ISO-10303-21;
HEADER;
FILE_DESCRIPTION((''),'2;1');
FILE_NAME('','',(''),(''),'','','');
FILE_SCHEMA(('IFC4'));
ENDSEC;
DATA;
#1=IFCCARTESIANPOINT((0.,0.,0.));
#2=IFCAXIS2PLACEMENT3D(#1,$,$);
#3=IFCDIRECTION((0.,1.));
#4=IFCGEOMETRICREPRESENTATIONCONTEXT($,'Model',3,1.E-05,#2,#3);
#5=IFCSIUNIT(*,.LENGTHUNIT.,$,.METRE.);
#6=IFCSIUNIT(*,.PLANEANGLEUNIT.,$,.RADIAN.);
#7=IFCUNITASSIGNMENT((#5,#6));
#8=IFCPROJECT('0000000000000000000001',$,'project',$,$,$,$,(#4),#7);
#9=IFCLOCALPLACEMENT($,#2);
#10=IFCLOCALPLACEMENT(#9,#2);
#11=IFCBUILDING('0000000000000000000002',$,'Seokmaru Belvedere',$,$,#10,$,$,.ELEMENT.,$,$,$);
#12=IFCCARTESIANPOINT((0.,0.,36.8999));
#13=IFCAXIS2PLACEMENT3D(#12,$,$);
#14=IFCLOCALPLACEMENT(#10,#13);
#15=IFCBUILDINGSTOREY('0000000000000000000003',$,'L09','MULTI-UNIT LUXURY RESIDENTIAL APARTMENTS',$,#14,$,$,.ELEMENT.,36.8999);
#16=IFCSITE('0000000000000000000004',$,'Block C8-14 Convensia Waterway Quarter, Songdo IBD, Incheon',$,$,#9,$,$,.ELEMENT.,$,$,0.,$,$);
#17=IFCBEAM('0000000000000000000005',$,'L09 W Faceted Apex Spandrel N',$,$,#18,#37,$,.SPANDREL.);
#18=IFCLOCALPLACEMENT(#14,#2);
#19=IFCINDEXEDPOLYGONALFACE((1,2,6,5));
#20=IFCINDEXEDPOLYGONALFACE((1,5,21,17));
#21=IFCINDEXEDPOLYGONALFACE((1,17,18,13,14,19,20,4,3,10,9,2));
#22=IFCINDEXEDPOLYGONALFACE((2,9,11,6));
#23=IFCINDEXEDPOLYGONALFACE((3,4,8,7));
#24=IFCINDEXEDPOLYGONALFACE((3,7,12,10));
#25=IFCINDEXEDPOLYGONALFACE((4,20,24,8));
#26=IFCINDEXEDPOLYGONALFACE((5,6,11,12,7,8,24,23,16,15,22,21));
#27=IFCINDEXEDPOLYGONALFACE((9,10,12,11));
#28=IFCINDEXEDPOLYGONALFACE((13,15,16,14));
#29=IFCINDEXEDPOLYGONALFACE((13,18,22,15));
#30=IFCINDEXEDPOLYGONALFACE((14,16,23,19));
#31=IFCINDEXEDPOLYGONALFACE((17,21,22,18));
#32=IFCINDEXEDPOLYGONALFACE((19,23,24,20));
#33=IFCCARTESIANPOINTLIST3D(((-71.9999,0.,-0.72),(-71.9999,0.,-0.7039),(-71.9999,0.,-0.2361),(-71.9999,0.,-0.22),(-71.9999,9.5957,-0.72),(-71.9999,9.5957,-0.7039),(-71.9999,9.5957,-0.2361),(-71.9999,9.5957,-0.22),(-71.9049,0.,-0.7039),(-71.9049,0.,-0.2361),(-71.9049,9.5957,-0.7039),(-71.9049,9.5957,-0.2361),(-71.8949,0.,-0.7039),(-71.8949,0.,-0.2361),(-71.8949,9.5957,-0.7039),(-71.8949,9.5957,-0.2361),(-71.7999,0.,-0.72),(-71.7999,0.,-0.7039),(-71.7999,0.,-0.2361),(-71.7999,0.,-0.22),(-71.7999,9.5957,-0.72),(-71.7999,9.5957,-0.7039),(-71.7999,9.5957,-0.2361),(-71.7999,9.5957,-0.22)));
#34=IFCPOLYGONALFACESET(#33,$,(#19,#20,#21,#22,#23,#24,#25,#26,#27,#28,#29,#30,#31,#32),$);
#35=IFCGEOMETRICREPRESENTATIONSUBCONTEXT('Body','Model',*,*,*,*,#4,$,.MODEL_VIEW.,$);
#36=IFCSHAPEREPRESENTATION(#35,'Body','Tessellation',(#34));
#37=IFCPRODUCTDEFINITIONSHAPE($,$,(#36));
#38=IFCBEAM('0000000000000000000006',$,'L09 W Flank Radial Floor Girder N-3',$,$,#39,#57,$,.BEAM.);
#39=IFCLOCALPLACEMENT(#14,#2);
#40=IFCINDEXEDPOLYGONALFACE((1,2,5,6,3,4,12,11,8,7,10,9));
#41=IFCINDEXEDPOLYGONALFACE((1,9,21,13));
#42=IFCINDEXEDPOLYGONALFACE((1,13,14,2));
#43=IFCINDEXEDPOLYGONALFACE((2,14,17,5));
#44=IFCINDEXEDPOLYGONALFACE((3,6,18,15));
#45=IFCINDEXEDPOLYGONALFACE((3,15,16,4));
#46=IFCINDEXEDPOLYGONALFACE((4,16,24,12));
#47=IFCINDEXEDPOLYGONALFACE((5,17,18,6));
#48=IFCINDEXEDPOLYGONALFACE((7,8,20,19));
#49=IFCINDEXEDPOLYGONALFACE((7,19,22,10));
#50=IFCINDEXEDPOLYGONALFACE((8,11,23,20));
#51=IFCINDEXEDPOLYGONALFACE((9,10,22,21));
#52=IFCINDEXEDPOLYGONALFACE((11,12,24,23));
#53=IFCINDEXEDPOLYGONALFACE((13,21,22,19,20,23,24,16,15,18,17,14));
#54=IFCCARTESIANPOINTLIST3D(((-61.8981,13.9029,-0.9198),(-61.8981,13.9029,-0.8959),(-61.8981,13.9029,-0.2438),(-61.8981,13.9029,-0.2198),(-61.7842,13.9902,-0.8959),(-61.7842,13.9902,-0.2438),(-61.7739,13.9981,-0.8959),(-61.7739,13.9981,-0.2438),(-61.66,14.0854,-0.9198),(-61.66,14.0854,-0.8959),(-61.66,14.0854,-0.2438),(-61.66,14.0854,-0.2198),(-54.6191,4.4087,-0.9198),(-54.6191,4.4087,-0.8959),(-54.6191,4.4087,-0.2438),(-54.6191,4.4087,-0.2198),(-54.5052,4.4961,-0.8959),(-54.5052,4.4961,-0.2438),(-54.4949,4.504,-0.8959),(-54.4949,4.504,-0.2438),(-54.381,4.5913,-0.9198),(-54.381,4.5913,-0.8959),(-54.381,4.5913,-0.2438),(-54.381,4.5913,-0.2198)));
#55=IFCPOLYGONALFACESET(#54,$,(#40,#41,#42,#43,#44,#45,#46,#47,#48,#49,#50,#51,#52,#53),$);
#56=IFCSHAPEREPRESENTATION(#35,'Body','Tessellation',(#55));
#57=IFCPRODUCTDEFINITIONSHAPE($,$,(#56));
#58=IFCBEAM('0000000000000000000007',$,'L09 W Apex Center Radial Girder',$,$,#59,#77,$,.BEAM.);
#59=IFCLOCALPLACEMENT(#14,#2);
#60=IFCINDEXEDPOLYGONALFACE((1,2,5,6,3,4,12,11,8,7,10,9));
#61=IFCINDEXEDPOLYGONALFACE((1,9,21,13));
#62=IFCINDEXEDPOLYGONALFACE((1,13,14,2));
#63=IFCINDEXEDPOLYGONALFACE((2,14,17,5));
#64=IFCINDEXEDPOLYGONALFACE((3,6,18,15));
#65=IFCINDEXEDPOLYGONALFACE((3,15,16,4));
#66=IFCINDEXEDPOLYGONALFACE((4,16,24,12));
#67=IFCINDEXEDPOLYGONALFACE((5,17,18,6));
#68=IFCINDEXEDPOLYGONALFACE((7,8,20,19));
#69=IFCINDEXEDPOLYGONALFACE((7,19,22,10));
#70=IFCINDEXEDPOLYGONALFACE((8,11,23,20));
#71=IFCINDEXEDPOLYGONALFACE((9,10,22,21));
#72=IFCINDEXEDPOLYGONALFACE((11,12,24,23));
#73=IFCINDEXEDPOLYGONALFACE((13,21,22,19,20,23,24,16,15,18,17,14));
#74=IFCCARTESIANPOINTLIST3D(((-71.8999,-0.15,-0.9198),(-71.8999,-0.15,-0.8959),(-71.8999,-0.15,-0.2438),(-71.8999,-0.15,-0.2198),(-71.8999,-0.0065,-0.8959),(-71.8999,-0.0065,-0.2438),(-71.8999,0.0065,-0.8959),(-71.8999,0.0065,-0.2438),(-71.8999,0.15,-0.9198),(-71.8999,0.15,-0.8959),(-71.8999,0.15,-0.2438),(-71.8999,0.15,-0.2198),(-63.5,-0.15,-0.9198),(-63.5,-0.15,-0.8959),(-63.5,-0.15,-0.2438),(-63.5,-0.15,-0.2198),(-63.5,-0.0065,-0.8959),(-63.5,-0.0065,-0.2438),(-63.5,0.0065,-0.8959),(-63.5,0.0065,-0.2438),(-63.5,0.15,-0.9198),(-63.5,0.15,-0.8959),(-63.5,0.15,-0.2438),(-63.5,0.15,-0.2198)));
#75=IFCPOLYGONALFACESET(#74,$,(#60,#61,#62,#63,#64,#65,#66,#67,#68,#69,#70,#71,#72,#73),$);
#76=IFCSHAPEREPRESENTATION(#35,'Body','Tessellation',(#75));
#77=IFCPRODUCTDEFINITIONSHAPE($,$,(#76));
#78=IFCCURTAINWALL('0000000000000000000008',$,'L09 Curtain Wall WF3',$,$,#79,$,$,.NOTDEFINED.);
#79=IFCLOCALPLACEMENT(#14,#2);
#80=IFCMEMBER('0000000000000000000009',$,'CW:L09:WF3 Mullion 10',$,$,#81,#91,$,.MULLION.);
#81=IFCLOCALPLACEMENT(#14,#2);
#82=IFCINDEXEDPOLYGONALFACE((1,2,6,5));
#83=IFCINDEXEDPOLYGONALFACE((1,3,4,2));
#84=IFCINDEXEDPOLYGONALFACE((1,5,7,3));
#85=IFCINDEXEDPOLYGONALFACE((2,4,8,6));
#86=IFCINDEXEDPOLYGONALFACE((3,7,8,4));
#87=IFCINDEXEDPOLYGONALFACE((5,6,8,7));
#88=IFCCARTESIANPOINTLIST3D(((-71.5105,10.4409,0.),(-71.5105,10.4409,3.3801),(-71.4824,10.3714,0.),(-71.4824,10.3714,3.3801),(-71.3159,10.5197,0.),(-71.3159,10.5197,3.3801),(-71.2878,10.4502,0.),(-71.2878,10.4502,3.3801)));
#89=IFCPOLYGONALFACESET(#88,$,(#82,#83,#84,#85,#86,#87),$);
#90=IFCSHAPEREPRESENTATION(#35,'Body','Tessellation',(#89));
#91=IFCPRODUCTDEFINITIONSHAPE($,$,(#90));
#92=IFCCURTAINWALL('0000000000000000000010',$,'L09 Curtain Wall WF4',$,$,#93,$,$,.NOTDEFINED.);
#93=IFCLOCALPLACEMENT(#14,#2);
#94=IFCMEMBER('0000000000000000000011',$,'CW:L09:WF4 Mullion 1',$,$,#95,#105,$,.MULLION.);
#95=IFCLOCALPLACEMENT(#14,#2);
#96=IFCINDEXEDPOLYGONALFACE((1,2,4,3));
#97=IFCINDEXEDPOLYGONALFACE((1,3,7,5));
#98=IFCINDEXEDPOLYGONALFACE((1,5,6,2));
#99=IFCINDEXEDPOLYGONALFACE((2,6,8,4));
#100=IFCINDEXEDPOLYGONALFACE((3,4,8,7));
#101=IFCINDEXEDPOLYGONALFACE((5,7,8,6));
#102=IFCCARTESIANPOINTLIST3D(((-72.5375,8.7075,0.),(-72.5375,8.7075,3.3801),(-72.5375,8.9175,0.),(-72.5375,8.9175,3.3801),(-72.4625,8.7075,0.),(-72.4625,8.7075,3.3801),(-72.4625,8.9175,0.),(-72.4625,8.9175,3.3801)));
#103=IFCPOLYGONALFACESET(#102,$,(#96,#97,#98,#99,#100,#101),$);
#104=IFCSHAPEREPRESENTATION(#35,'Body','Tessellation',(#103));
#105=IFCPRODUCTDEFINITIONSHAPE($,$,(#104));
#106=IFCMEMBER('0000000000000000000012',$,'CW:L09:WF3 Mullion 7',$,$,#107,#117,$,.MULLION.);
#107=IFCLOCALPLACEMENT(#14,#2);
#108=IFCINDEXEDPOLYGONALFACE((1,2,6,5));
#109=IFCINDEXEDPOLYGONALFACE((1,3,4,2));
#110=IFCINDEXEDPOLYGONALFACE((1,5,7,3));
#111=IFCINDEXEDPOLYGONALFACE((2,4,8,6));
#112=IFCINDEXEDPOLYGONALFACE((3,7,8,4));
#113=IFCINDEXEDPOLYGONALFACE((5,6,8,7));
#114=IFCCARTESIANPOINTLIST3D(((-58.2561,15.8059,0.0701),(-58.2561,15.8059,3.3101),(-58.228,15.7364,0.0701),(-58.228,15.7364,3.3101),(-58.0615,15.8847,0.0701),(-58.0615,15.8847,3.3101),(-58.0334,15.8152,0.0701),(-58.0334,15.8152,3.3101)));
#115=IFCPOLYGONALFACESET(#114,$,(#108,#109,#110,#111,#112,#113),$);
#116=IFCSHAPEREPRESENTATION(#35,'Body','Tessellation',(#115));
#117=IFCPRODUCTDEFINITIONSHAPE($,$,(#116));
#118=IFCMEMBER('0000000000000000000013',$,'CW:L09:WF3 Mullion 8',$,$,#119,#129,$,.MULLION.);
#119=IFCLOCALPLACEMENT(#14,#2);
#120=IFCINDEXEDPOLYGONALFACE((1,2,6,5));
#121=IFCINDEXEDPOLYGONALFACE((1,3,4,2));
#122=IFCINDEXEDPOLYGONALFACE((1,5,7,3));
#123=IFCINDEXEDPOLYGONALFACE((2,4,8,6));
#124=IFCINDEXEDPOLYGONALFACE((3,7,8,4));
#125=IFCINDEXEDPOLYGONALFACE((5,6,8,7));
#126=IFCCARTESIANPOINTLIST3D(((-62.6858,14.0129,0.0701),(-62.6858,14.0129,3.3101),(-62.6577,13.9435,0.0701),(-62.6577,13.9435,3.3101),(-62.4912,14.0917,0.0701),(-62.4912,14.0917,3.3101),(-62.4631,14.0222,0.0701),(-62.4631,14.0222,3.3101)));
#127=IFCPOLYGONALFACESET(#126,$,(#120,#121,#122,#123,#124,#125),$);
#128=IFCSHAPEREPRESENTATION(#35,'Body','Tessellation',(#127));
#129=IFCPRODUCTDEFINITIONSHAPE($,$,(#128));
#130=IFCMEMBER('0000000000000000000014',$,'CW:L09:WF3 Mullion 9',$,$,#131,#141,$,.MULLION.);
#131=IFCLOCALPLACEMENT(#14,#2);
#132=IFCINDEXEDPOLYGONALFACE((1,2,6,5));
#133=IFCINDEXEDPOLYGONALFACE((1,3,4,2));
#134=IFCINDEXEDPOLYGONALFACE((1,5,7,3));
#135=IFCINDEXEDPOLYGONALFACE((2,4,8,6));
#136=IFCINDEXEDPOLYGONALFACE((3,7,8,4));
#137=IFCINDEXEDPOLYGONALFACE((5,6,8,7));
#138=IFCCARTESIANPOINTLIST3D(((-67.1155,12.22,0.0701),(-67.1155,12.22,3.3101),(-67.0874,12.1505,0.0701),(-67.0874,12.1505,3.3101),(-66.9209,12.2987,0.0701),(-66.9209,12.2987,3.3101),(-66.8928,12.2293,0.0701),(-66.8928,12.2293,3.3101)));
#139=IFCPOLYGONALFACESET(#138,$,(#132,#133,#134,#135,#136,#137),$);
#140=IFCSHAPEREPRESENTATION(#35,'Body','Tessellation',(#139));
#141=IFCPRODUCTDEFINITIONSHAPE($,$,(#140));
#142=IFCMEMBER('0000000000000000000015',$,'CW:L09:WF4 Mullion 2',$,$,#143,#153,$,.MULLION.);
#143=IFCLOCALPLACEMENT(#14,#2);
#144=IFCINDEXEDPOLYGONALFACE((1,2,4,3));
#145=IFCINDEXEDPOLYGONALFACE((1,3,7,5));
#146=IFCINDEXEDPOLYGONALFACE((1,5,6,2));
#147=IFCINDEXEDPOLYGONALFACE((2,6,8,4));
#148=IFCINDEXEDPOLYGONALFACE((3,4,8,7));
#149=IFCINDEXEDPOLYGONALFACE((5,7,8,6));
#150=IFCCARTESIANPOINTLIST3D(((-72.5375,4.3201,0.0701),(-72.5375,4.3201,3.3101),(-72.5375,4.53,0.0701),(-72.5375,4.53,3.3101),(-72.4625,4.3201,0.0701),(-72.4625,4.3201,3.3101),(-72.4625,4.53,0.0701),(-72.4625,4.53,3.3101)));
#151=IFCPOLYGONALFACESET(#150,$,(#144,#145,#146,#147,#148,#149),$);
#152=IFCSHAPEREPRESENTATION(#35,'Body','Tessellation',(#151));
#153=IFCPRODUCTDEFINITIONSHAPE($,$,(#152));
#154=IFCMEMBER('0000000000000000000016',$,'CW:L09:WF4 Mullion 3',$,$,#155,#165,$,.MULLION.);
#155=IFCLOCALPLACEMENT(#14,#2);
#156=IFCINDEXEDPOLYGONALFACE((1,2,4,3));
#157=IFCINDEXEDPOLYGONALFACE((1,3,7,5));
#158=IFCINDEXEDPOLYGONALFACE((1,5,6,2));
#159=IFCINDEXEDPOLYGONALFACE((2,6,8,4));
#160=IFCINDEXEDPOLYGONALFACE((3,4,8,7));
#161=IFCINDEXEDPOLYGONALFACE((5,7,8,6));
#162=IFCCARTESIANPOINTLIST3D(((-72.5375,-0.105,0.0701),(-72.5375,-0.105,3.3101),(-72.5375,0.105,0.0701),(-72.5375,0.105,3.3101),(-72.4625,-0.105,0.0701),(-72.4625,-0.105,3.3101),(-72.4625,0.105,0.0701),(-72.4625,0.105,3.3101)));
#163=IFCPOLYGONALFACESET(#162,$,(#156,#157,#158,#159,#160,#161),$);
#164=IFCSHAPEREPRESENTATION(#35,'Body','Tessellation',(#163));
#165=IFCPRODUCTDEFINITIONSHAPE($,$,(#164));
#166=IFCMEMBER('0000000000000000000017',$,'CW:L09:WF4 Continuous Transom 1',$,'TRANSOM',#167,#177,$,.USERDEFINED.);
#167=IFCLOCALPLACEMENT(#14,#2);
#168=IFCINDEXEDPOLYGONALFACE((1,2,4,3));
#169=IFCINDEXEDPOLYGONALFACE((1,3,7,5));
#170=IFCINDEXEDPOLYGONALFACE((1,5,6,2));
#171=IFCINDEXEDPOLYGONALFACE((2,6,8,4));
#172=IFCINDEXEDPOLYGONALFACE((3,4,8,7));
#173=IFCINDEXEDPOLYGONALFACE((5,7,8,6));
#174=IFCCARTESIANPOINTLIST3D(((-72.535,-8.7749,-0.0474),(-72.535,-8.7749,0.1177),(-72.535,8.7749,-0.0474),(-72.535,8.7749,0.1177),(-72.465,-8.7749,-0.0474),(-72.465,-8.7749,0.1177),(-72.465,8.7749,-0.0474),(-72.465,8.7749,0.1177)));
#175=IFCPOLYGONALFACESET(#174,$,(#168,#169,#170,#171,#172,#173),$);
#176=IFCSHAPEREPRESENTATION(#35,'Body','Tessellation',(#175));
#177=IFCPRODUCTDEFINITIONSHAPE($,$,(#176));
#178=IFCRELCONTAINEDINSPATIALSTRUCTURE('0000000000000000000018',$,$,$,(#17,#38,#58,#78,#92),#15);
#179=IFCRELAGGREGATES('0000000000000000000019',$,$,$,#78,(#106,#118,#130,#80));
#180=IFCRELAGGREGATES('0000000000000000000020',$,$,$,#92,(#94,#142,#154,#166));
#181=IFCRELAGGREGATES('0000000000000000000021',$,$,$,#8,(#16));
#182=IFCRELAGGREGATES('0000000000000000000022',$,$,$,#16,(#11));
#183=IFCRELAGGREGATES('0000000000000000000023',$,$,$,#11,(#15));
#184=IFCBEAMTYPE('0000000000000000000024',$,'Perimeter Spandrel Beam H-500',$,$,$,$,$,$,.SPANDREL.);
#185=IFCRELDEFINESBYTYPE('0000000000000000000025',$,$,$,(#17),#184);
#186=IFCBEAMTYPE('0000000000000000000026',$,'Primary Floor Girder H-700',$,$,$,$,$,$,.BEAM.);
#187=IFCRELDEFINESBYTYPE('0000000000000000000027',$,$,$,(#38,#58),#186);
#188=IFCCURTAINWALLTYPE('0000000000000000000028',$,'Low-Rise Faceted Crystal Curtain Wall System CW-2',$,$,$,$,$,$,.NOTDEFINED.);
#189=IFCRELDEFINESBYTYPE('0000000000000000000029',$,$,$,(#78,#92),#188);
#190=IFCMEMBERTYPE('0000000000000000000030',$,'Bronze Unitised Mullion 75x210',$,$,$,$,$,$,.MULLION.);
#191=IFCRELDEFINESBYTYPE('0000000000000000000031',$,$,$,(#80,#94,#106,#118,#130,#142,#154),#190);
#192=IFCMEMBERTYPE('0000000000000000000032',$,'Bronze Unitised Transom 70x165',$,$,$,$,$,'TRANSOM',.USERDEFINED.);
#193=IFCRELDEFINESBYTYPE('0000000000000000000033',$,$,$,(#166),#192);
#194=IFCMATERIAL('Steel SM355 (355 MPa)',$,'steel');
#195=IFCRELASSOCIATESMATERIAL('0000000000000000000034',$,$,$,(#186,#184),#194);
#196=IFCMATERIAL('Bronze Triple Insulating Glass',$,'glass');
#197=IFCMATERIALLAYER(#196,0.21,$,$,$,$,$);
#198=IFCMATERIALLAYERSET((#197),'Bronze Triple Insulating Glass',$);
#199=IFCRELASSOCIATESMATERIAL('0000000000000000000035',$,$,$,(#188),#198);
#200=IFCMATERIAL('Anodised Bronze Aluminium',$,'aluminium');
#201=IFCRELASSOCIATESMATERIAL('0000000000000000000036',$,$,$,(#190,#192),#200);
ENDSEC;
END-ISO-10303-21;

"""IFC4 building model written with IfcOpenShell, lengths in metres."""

from ifc_helpers import new_model, si_unit, direction, frame, origin, origin_2d, place, context, subcontext, project, spatial, rectangle, i_section, extrude, source, transform, mapped, material, layer, layer_set, material_profile, profile_set, type_object, type_shapes, element, aggregate, save


model = new_model("IFC4")

# Units and contexts
model_context = context("Model", 3, precision=1e-05, world=origin(), true_north=direction((0.0, 1.0)))
body_context = subcontext(model_context, "Body", "Model", "MODEL_VIEW")
ifc_project = project(units=[si_unit("LENGTHUNIT", "METRE"), si_unit("PLANEANGLEUNIT", "RADIAN")], contexts=[model_context])

# Site, building, storey
site_placement = place(None, origin())
site = spatial("IfcSite", under=ifc_project, at=site_placement, Name="Block C8-14 Convensia Waterway Quarter, Songdo IBD, Incheon", CompositionType="ELEMENT", RefElevation=0.0)
building_placement = place(site_placement, origin())
building = spatial("IfcBuilding", under=site, at=building_placement, Name="Seokmaru Belvedere", CompositionType="ELEMENT")
storey_placement = place(building_placement, frame((0.0, 0.0, 36.8999)))
storey = spatial("IfcBuildingStorey", under=building, at=storey_placement, Name="L09", Description="MULTI-UNIT LUXURY RESIDENTIAL APARTMENTS", CompositionType="ELEMENT", Elevation=36.8999)

# Shared definitions
ifc_material_1 = material(Name="Steel SM355 (355 MPa)", Category="steel")

# Beams
ifc_material_profile_1 = material_profile(ifc_material_1, i_section(OverallWidth=0.3, OverallDepth=0.7, WebThickness=0.0129, FlangeThickness=0.0239, at=origin_2d()), Name="H-700x300x13x24")
ifc_profile_set_1 = profile_set([ifc_material_profile_1], Name="Steel SM355 (355 MPa)")
beam_type_1 = type_object("IfcBeamType", Name="Primary Floor Girder H-700", PredefinedType="BEAM", material=ifc_profile_set_1)
ifc_material_profile_2 = material_profile(ifc_material_1, i_section(OverallWidth=0.2, OverallDepth=0.5, WebThickness=0.01, FlangeThickness=0.0161, at=origin_2d()), Name="H-500x200x10x16")
ifc_profile_set_2 = profile_set([ifc_material_profile_2], Name="Steel SM355 (355 MPa)")
beam_type_2 = type_object("IfcBeamType", Name="Perimeter Spandrel Beam H-500", PredefinedType="SPANDREL", material=ifc_profile_set_2)
shared_shape_1 = source(origin(), body_context, "Body", "SweptSolid", [
    extrude(i_section(OverallWidth=0.2, OverallDepth=0.5, WebThickness=0.01, FlangeThickness=0.0161, at=origin_2d()), origin(), (0.0, 0.0, 1.0), 9.5957),
])
beam_1_placement = place(storey_placement, frame((-71.8999, 0.0, -0.47), z_axis=(0.0, 1.0, 0.0), x_axis=(-1.0, 0.0, 0.0)))
element("IfcBeam", 1, at=beam_1_placement, inside=storey, type_object=beam_type_2, Name="L09 W Faceted Apex Spandrel N", PredefinedType="SPANDREL", context=body_context, shape_type="MappedRepresentation", body=[
    mapped(shared_shape_1, transform((0.0, 0.0, 0.0), scale=1.0)),
])
shared_shape_2 = source(origin(), body_context, "Body", "SweptSolid", [
    extrude(i_section(OverallWidth=0.3, OverallDepth=0.7, WebThickness=0.0129, FlangeThickness=0.0239, at=origin_2d()), origin(), (0.0, 0.0, 1.0), 11.9634),
])
beam_2_placement = place(storey_placement, frame((-61.7791, 13.9941, -0.5698), z_axis=(0.608443, -0.793598, 0.0), x_axis=(0.793598, 0.608443, 0.0)))
element("IfcBeam", 2, at=beam_2_placement, inside=storey, type_object=beam_type_1, Name="L09 W Flank Radial Floor Girder N-3", PredefinedType="BEAM", context=body_context, shape_type="MappedRepresentation", body=[
    mapped(shared_shape_2, transform((0.0, 0.0, 0.0), scale=1.0)),
])
shared_shape_3 = source(origin(), body_context, "Body", "SweptSolid", [
    extrude(i_section(OverallWidth=0.3, OverallDepth=0.7, WebThickness=0.0129, FlangeThickness=0.0239, at=origin_2d()), origin(), (0.0, 0.0, 1.0), 8.3999),
])
beam_3_placement = place(storey_placement, frame((-71.8999, 0.0, -0.5698), z_axis=(1.0, 0.0, 0.0), x_axis=(0.0, 1.0, 0.0)))
element("IfcBeam", 3, at=beam_3_placement, inside=storey, type_object=beam_type_1, Name="L09 W Apex Center Radial Girder", PredefinedType="BEAM", context=body_context, shape_type="MappedRepresentation", body=[
    mapped(shared_shape_3, transform((0.0, 0.0, 0.0), scale=1.0)),
])

# Curtain walls, members
ifc_material_2 = material(Name="Bronze Triple Insulating Glass", Category="glass")
ifc_layer_1 = layer(ifc_material_2, 0.21)
ifc_layer_set_1 = layer_set([ifc_layer_1], Name="Bronze Triple Insulating Glass")
curtain_wall_type = type_object("IfcCurtainWallType", Name="Low-Rise Faceted Crystal Curtain Wall System CW-2", PredefinedType="NOTDEFINED", material=ifc_layer_set_1)
curtain_wall_1_placement = place(storey_placement, origin())
curtain_wall_1 = element("IfcCurtainWall", 4, at=curtain_wall_1_placement, inside=storey, type_object=curtain_wall_type, Name="L09 Curtain Wall WF3", PredefinedType="NOTDEFINED")
ifc_material_3 = material(Name="Anodised Bronze Aluminium", Category="aluminium")
ifc_material_profile_3 = material_profile(ifc_material_3, rectangle(XDim=0.075, YDim=0.21, at=origin_2d()), Name="CW-M-75x210")
ifc_profile_set_3 = profile_set([ifc_material_profile_3], Name="Anodised Bronze Aluminium")
member_type_1 = type_object("IfcMemberType", Name="Bronze Unitised Mullion 75x210", PredefinedType="MULLION", material=ifc_profile_set_3)
shared_shape_4 = source(origin(), body_context, "Body", "SweptSolid", [
    extrude(rectangle(XDim=0.075, YDim=0.21, at=origin_2d()), origin(), (0.0, 0.0, 1.0), 3.3801),
])
member_1_placement = place(storey_placement, frame((-71.3992, 10.4456, 0.0), z_axis=(0.0, 0.0, 1.0), x_axis=(0.375192, -0.926947, 0.0)))
member_1 = element("IfcMember", 5, at=member_1_placement, type_object=member_type_1, Name="CW:L09:WF3 Mullion 10", PredefinedType="MULLION", context=body_context, shape_type="MappedRepresentation", body=[
    mapped(shared_shape_4, transform((0.0, 0.0, 0.0), scale=1.0)),
])
curtain_wall_2_placement = place(storey_placement, origin())
curtain_wall_2 = element("IfcCurtainWall", 6, at=curtain_wall_2_placement, inside=storey, type_object=curtain_wall_type, Name="L09 Curtain Wall WF4", PredefinedType="NOTDEFINED")
member_2_placement = place(storey_placement, frame((-72.5, 8.8125, 0.0), z_axis=(0.0, 0.0, 1.0), x_axis=(1.0, 0.0, 0.0)))
member_2 = element("IfcMember", 7, at=member_2_placement, type_object=member_type_1, Name="CW:L09:WF4 Mullion 1", PredefinedType="MULLION", context=body_context, shape_type="MappedRepresentation", body=[
    mapped(shared_shape_4, transform((0.0, 0.0, 0.0), scale=1.0)),
])

# Members
shared_shape_5 = source(origin(), body_context, "Body", "SweptSolid", [
    extrude(rectangle(XDim=0.075, YDim=0.21, at=origin_2d()), origin(), (0.0, 0.0, 1.0), 3.24),
])
type_shapes(member_type_1, [shared_shape_4, shared_shape_5])
member_3_placement = place(storey_placement, frame((-58.1448, 15.8105, 0.0701), z_axis=(0.0, 0.0, 1.0), x_axis=(0.375192, -0.926947, 0.0)))
member_3 = element("IfcMember", 8, at=member_3_placement, type_object=member_type_1, Name="CW:L09:WF3 Mullion 7", PredefinedType="MULLION", context=body_context, shape_type="MappedRepresentation", body=[
    mapped(shared_shape_5, transform((0.0, 0.0, 0.0), scale=1.0)),
])
member_4_placement = place(storey_placement, frame((-62.5745, 14.0176, 0.0701), z_axis=(0.0, 0.0, 1.0), x_axis=(0.375192, -0.926947, 0.0)))
member_4 = element("IfcMember", 9, at=member_4_placement, type_object=member_type_1, Name="CW:L09:WF3 Mullion 8", PredefinedType="MULLION", context=body_context, shape_type="MappedRepresentation", body=[
    mapped(shared_shape_5, transform((0.0, 0.0, 0.0), scale=1.0)),
])
member_5_placement = place(storey_placement, frame((-67.0042, 12.2246, 0.0701), z_axis=(0.0, 0.0, 1.0), x_axis=(0.375192, -0.926947, 0.0)))
member_5 = element("IfcMember", 10, at=member_5_placement, type_object=member_type_1, Name="CW:L09:WF3 Mullion 9", PredefinedType="MULLION", context=body_context, shape_type="MappedRepresentation", body=[
    mapped(shared_shape_5, transform((0.0, 0.0, 0.0), scale=1.0)),
])
member_6_placement = place(storey_placement, frame((-72.5, 4.425, 0.0701), z_axis=(0.0, 0.0, 1.0), x_axis=(1.0, 0.0, 0.0)))
member_6 = element("IfcMember", 11, at=member_6_placement, type_object=member_type_1, Name="CW:L09:WF4 Mullion 2", PredefinedType="MULLION", context=body_context, shape_type="MappedRepresentation", body=[
    mapped(shared_shape_5, transform((0.0, 0.0, 0.0), scale=1.0)),
])
member_7_placement = place(storey_placement, frame((-72.5, 0.0, 0.0701), z_axis=(0.0, 0.0, 1.0), x_axis=(1.0, 0.0, 0.0)))
member_7 = element("IfcMember", 12, at=member_7_placement, type_object=member_type_1, Name="CW:L09:WF4 Mullion 3", PredefinedType="MULLION", context=body_context, shape_type="MappedRepresentation", body=[
    mapped(shared_shape_5, transform((0.0, 0.0, 0.0), scale=1.0)),
])
ifc_material_profile_4 = material_profile(ifc_material_3, rectangle(XDim=0.0701, YDim=0.165, at=origin_2d()), Name="CW-T-70x165")
ifc_profile_set_4 = profile_set([ifc_material_profile_4], Name="Anodised Bronze Aluminium")
member_type_2 = type_object("IfcMemberType", Name="Bronze Unitised Transom 70x165", ElementType="TRANSOM", PredefinedType="USERDEFINED", material=ifc_profile_set_4)
shared_shape_6 = source(origin(), body_context, "Body", "SweptSolid", [
    extrude(rectangle(XDim=0.0701, YDim=0.165, at=origin_2d()), origin(), (0.0, 0.0, 1.0), 17.5498),
])
type_shapes(member_type_2, [shared_shape_6])
member_8_placement = place(storey_placement, frame((-72.5, 8.7749, 0.0352), z_axis=(0.0, -1.0, 0.0), x_axis=(1.0, 0.0, 0.0)))
member_8 = element("IfcMember", 13, at=member_8_placement, type_object=member_type_2, Name="CW:L09:WF4 Continuous Transom 1", ObjectType="TRANSOM", PredefinedType="USERDEFINED", context=body_context, shape_type="MappedRepresentation", body=[
    mapped(shared_shape_6, transform((0.0, 0.0, 0.0), scale=1.0)),
])

aggregate(curtain_wall_1, [member_3, member_4, member_5, member_1])
aggregate(curtain_wall_2, [member_2, member_6, member_7, member_8])

save(model, "model.ifc")
